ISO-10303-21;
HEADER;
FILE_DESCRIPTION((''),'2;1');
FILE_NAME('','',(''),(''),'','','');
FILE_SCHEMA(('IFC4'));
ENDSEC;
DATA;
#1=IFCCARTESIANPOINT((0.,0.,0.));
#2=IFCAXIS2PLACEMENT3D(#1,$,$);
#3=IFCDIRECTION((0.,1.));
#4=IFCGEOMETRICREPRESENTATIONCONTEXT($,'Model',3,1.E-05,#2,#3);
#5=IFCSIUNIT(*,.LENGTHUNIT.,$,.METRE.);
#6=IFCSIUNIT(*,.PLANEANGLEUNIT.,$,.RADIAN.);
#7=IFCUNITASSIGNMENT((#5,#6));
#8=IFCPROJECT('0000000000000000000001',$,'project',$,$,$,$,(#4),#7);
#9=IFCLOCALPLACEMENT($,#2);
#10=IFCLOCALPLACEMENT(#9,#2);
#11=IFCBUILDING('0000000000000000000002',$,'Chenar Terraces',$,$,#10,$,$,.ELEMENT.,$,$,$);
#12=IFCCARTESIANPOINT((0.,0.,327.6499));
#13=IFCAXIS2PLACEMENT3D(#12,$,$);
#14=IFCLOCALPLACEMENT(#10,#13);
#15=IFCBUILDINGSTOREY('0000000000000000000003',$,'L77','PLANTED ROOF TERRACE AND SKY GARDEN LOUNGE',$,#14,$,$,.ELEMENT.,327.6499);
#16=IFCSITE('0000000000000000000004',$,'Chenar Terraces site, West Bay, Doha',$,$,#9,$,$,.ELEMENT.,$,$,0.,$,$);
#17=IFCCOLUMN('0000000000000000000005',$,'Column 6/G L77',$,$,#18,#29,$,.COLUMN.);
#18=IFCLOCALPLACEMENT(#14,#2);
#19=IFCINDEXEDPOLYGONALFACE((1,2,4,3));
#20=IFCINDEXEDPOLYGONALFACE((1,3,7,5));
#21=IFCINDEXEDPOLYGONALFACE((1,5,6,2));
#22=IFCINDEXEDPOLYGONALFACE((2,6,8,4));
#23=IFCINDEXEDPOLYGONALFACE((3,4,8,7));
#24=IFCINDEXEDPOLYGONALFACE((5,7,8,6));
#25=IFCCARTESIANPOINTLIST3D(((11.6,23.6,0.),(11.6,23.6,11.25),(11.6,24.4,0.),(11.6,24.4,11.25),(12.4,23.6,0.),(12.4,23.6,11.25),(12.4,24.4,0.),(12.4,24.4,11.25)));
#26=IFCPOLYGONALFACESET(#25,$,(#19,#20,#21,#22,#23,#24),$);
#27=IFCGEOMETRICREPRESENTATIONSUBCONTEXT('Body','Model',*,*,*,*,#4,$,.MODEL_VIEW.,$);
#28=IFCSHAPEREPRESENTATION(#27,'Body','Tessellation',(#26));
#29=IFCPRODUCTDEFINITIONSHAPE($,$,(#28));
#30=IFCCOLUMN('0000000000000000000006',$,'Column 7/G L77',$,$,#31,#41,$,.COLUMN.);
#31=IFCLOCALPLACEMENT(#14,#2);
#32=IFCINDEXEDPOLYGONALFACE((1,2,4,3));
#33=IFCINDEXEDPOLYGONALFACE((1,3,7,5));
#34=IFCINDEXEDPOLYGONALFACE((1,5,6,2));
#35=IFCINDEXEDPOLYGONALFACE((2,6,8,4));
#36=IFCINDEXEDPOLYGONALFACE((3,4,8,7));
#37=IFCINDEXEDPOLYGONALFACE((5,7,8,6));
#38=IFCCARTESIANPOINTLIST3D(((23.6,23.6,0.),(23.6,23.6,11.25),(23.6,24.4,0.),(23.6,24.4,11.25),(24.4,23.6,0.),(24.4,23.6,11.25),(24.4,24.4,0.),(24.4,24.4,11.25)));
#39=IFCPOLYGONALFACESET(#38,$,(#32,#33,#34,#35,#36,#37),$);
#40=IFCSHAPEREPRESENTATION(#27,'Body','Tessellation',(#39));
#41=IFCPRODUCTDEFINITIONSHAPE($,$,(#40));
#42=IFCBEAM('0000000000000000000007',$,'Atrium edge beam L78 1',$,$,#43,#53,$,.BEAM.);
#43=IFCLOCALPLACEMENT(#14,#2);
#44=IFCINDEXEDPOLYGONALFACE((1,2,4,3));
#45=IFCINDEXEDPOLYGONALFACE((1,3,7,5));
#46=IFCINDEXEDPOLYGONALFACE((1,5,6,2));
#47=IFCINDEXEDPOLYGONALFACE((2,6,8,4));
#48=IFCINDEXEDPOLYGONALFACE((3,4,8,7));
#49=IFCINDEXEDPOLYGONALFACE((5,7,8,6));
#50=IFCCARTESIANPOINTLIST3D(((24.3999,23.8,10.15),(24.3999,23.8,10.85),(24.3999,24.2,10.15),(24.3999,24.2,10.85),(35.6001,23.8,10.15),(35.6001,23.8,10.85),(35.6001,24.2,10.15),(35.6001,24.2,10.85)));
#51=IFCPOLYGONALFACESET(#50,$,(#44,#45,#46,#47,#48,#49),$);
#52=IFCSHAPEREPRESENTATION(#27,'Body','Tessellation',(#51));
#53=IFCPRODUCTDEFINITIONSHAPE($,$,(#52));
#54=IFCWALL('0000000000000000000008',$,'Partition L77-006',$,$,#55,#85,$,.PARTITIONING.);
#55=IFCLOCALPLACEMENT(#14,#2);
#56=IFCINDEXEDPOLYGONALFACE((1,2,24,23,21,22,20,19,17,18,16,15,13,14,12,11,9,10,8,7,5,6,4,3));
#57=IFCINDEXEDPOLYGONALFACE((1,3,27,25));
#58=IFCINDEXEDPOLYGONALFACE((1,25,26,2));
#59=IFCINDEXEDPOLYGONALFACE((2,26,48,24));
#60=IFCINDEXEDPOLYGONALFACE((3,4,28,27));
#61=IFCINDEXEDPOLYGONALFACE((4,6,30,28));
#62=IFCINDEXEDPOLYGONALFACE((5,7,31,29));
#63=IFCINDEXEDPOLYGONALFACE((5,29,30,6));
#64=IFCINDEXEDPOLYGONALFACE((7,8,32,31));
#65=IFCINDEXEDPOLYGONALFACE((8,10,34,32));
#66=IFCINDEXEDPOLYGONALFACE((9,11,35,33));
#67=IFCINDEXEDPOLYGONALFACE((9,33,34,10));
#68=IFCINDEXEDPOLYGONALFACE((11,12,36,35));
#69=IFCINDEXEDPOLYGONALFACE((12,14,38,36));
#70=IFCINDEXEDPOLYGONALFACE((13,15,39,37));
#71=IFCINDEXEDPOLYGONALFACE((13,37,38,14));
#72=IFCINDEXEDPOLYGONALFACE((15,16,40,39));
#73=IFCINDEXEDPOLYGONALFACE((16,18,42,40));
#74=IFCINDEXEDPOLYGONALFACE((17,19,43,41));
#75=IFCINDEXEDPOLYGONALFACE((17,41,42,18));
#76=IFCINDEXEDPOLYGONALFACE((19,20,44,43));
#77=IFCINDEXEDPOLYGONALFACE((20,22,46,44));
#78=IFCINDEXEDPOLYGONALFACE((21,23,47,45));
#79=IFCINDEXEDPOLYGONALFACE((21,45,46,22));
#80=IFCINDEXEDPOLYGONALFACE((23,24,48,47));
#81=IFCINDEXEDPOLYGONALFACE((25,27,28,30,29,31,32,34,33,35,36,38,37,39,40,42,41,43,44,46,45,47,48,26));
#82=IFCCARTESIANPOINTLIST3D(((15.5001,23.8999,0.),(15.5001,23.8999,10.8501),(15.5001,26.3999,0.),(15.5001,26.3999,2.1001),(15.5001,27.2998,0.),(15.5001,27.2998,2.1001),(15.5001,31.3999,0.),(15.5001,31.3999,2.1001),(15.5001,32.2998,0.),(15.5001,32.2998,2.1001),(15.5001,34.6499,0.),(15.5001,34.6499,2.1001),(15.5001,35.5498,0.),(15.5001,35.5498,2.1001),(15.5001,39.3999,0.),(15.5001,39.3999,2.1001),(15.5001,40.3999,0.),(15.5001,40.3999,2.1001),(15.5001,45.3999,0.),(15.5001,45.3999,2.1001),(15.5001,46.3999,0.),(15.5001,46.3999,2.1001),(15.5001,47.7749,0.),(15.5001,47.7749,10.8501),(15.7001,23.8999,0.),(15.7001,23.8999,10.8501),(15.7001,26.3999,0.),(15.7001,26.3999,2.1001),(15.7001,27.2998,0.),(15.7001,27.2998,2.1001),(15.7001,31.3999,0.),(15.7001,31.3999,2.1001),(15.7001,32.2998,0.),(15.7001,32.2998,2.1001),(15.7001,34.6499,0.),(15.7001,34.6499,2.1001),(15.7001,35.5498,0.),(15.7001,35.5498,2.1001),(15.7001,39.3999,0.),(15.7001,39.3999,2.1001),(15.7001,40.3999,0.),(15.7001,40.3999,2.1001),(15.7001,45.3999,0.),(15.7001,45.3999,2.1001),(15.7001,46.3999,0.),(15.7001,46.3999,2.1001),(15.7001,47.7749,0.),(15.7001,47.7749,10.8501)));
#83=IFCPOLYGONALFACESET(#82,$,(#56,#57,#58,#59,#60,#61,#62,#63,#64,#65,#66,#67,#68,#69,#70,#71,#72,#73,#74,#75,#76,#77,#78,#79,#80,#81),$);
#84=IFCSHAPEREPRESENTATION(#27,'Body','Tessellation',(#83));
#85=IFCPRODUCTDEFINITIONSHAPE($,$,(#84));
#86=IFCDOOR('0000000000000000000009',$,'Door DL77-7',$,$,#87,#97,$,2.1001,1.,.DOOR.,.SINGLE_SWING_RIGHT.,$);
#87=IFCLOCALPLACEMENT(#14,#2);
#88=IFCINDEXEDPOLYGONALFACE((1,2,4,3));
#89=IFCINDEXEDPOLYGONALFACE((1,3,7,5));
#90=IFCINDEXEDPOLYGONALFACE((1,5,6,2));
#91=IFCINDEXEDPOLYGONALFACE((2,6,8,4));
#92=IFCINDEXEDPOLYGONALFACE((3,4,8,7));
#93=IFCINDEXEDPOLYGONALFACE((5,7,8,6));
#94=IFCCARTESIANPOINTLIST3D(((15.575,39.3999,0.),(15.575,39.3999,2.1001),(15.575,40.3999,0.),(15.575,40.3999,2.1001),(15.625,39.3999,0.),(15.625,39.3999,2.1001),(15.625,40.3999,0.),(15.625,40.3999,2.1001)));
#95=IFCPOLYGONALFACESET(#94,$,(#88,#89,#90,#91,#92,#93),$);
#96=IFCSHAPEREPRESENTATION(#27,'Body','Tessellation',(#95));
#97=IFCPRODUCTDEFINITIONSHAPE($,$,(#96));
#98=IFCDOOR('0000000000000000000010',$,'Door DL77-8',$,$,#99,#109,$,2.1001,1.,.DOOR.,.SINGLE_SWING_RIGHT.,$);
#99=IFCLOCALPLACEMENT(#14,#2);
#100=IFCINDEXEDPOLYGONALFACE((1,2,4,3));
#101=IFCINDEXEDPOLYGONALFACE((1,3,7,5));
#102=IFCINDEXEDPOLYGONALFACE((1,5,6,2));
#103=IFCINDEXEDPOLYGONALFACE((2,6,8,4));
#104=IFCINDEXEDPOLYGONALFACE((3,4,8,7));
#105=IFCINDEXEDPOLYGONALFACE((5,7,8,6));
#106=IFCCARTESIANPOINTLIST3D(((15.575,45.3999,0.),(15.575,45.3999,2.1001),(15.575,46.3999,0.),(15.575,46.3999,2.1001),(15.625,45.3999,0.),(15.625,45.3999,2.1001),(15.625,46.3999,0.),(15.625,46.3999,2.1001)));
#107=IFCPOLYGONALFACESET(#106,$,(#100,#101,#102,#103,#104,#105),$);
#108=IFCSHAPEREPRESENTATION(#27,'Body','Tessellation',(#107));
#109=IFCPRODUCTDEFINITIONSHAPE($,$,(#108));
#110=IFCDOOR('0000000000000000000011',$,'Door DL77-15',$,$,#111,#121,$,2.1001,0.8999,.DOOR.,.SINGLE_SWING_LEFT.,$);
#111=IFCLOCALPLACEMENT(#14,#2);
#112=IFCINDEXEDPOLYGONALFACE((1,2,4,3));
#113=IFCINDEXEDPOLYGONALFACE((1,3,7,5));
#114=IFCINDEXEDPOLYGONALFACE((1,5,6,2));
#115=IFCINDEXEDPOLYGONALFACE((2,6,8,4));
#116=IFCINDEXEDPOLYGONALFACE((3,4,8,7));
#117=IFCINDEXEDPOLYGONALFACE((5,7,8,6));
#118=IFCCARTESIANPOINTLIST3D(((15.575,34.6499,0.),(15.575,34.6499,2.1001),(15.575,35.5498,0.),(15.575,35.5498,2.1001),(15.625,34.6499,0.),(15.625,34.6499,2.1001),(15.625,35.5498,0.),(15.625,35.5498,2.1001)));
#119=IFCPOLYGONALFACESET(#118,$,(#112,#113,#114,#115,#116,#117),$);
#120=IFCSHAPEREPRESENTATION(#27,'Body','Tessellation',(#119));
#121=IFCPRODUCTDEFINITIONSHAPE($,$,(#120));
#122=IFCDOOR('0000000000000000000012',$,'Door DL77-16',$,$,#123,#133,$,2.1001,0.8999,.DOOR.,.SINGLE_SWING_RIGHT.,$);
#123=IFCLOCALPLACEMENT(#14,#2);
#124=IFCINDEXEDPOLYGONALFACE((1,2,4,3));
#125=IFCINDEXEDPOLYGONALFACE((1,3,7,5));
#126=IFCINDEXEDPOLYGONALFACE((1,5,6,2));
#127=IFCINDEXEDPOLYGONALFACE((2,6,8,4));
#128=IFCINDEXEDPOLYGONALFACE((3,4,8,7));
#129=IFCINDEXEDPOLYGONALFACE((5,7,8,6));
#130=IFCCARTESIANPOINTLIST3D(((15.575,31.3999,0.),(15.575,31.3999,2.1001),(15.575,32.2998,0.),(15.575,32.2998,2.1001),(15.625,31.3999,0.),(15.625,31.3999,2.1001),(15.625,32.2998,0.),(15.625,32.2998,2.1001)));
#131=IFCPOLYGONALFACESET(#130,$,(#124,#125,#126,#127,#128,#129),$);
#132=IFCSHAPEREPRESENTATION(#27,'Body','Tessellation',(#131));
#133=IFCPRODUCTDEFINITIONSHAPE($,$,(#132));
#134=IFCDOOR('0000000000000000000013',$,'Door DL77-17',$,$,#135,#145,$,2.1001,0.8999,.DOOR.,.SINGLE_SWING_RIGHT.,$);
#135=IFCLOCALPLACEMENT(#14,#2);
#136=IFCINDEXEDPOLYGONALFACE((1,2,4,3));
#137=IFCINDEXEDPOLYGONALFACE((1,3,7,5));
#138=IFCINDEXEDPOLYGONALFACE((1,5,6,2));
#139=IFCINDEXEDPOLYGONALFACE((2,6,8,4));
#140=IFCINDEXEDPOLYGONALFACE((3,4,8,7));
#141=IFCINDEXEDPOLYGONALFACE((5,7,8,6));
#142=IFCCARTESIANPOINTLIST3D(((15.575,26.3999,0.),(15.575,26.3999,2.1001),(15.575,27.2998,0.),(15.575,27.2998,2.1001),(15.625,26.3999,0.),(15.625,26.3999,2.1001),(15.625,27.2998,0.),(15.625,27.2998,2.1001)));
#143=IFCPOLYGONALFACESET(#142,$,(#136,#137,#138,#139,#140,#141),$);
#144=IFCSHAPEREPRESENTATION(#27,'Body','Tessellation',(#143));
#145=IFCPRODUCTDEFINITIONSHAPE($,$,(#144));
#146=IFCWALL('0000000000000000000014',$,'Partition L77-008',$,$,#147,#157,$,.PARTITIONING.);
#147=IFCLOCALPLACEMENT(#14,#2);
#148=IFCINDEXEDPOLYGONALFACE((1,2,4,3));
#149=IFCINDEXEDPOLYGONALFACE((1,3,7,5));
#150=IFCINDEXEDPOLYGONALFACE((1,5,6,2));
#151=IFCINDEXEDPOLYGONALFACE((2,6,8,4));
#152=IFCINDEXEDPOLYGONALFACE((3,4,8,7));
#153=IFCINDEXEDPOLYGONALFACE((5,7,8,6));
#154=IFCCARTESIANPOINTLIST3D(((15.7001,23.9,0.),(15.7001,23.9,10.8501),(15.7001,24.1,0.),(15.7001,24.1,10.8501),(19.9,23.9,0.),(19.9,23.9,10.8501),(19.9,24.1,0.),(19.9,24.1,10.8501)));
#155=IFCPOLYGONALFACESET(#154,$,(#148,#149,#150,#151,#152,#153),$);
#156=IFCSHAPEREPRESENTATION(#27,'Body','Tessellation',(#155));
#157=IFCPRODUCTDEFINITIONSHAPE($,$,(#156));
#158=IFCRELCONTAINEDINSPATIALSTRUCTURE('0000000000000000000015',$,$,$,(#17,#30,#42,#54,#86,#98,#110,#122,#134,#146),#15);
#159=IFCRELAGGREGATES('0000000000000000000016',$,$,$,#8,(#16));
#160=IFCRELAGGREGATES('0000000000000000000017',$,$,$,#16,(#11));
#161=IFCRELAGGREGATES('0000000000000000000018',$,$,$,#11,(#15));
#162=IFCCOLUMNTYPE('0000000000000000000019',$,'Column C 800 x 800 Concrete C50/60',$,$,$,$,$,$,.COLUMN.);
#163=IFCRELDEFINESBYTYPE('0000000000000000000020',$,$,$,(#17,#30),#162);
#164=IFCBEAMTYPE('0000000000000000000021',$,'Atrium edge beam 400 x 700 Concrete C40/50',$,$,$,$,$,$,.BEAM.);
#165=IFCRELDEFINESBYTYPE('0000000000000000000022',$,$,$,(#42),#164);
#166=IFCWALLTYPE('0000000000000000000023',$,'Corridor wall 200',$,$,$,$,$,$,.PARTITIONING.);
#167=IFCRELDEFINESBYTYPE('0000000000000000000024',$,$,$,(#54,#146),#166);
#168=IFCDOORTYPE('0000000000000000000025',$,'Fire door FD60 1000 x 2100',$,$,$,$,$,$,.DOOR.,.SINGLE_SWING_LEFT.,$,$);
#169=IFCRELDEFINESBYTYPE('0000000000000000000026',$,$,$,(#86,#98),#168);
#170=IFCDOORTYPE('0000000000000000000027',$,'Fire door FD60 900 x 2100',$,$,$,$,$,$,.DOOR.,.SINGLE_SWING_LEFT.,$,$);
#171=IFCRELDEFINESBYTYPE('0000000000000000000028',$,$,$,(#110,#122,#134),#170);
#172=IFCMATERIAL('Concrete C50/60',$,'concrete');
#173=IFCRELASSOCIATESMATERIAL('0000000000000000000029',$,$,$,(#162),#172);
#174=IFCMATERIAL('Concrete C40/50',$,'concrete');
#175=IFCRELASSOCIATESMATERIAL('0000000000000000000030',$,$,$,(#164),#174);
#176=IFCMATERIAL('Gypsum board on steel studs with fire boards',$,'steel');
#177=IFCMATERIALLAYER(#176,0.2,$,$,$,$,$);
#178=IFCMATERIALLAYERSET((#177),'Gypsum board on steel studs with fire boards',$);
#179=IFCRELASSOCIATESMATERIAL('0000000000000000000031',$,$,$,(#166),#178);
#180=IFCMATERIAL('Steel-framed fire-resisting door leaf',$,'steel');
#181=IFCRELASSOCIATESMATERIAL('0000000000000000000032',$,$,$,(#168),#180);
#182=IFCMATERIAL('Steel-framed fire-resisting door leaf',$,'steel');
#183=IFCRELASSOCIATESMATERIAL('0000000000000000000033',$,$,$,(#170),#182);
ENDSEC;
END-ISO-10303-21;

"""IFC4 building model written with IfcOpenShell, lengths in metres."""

from ifc_helpers import new_model, si_unit, direction, frame, frame_2d, origin, origin_2d, place, context, subcontext, project, spatial, rectangle, extrude, material, layer, layer_set, material_profile, profile_set, type_object, element, fill, save


model = new_model("IFC4")

# Units and contexts
model_context = context("Model", 3, precision=1e-05, world=origin(), true_north=direction((0.0, 1.0)))
body_context = subcontext(model_context, "Body", "Model", "MODEL_VIEW")
ifc_project = project(units=[si_unit("LENGTHUNIT", "METRE"), si_unit("PLANEANGLEUNIT", "RADIAN")], contexts=[model_context])

# Site, building, storey
site_placement = place(None, origin())
site = spatial("IfcSite", under=ifc_project, at=site_placement, Name="Chenar Terraces site, West Bay, Doha", CompositionType="ELEMENT", RefElevation=0.0)
building_placement = place(site_placement, origin())
building = spatial("IfcBuilding", under=site, at=building_placement, Name="Chenar Terraces", CompositionType="ELEMENT")
storey_placement = place(building_placement, frame((0.0, 0.0, 327.6499)))
storey = spatial("IfcBuildingStorey", under=building, at=storey_placement, Name="L77", Description="PLANTED ROOF TERRACE AND SKY GARDEN LOUNGE", CompositionType="ELEMENT", Elevation=327.6499)

# Columns
ifc_material_1 = material(Name="Concrete C50/60", Category="concrete")
ifc_material_profile_1 = material_profile(ifc_material_1, rectangle(XDim=0.8, YDim=0.8, at=origin_2d()), Name="C 800 x 800")
ifc_profile_set_1 = profile_set([ifc_material_profile_1], Name="Concrete C50/60")
column_type = type_object("IfcColumnType", Name="Column C 800 x 800 Concrete C50/60", PredefinedType="COLUMN", material=ifc_profile_set_1)
for number, where, z_axis, x_axis, name in (
    (1, (12.0, 24.0, 0.0), (0.0, 0.0, 1.0), (1.0, 0.0, 0.0), "Column 6/G L77"),
    (2, (24.0, 24.0, 0.0), (0.0, 0.0, 1.0), (1.0, 0.0, 0.0), "Column 7/G L77"),
):
    element("IfcColumn", number, at=place(storey_placement, frame(where, z_axis=z_axis, x_axis=x_axis)), inside=storey, type_object=column_type, Name=name, PredefinedType="COLUMN", context=body_context, shape_type="SweptSolid", body=[
        extrude(rectangle(XDim=0.8, YDim=0.8, at=origin_2d()), origin(), (0.0, 0.0, 1.0), 11.25),
    ])

# Beam
ifc_material_2 = material(Name="Concrete C40/50", Category="concrete")
ifc_material_profile_2 = material_profile(ifc_material_2, rectangle(XDim=0.3999, YDim=0.7, at=origin_2d()), Name="RC 400 x 700")
ifc_profile_set_2 = profile_set([ifc_material_profile_2], Name="Concrete C40/50")
beam_type = type_object("IfcBeamType", Name="Atrium edge beam 400 x 700 Concrete C40/50", PredefinedType="BEAM", material=ifc_profile_set_2)
beam_placement = place(storey_placement, frame((24.3999, 24.0, 10.5), z_axis=(1.0, 0.0, 0.0), x_axis=(0.0, 1.0, 0.0)))
element("IfcBeam", 3, at=beam_placement, inside=storey, type_object=beam_type, Name="Atrium edge beam L78 1", PredefinedType="BEAM", context=body_context, shape_type="SweptSolid", body=[
    extrude(rectangle(XDim=0.3999, YDim=0.7, at=origin_2d()), origin(), (0.0, 0.0, 1.0), 11.2002),
])

# Wall, openings, doors
ifc_material_3 = material(Name="Gypsum board on steel studs with fire boards", Category="steel")
ifc_layer_1 = layer(ifc_material_3, 0.2)
ifc_layer_set_1 = layer_set([ifc_layer_1], Name="Gypsum board on steel studs with fire boards")
wall_type_1 = type_object("IfcWallType", Name="Corridor wall 200", PredefinedType="PARTITIONING", material=ifc_layer_set_1)
wall_1_placement = place(storey_placement, frame((15.6001, 23.8999, 0.0), z_axis=(0.0, 0.0, 1.0), x_axis=(0.0, 1.0, 0.0)))
wall_1 = element("IfcWall", 4, at=wall_1_placement, inside=storey, type_object=wall_type_1, Name="Partition L77-006", PredefinedType="PARTITIONING", context=body_context, shape_type="SweptSolid", body=[
    extrude(rectangle(XDim=23.875, YDim=0.2, at=frame_2d((11.9375, 0.0))), origin(), (0.0, 0.0, 1.0), 10.8501),
])
opening_1_placement = place(wall_1_placement, frame((15.5, 0.0, 0.0)))
opening_1 = element("IfcOpeningElement", 5, at=opening_1_placement, cuts=wall_1, PredefinedType="OPENING", context=body_context, shape_type="SweptSolid", body=[
    extrude(rectangle(XDim=1.0, YDim=2.1001, at=frame_2d((0.5, 1.05))), frame((0.0, 0.1099, 0.0), z_axis=(0.0, -1.0, 0.0), x_axis=(1.0, 0.0, 0.0)), (0.0, 0.0, 1.0), 0.22),
])
opening_2_placement = place(wall_1_placement, frame((21.5, 0.0, 0.0)))
opening_2 = element("IfcOpeningElement", 6, at=opening_2_placement, cuts=wall_1, PredefinedType="OPENING", context=body_context, shape_type="SweptSolid", body=[
    extrude(rectangle(XDim=1.0, YDim=2.1001, at=frame_2d((0.5, 1.05))), frame((0.0, 0.1099, 0.0), z_axis=(0.0, -1.0, 0.0), x_axis=(1.0, 0.0, 0.0)), (0.0, 0.0, 1.0), 0.22),
])
opening_3_placement = place(wall_1_placement, frame((10.75, 0.0, 0.0)))
opening_3 = element("IfcOpeningElement", 7, at=opening_3_placement, cuts=wall_1, PredefinedType="OPENING", context=body_context, shape_type="SweptSolid", body=[
    extrude(rectangle(XDim=0.8999, YDim=2.1001, at=frame_2d((0.45, 1.05))), frame((0.0, 0.1099, 0.0), z_axis=(0.0, -1.0, 0.0), x_axis=(1.0, 0.0, 0.0)), (0.0, 0.0, 1.0), 0.22),
])
opening_4_placement = place(wall_1_placement, frame((7.5, 0.0, 0.0)))
opening_4 = element("IfcOpeningElement", 8, at=opening_4_placement, cuts=wall_1, PredefinedType="OPENING", context=body_context, shape_type="SweptSolid", body=[
    extrude(rectangle(XDim=0.8999, YDim=2.1001, at=frame_2d((0.45, 1.05))), frame((0.0, 0.1099, 0.0), z_axis=(0.0, -1.0, 0.0), x_axis=(1.0, 0.0, 0.0)), (0.0, 0.0, 1.0), 0.22),
])
opening_5_placement = place(wall_1_placement, frame((2.5, 0.0, 0.0)))
opening_5 = element("IfcOpeningElement", 9, at=opening_5_placement, cuts=wall_1, PredefinedType="OPENING", context=body_context, shape_type="SweptSolid", body=[
    extrude(rectangle(XDim=0.8999, YDim=2.1001, at=frame_2d((0.45, 1.05))), frame((0.0, 0.1099, 0.0), z_axis=(0.0, -1.0, 0.0), x_axis=(1.0, 0.0, 0.0)), (0.0, 0.0, 1.0), 0.22),
])
ifc_material_4 = material(Name="Steel-framed fire-resisting door leaf", Category="steel")
door_type_1 = type_object("IfcDoorType", Name="Fire door FD60 1000 x 2100", OperationType="SINGLE_SWING_LEFT", PredefinedType="DOOR", material=ifc_material_4)
door_1_placement = place(opening_1_placement, frame((1.0, 0.0, 0.0), z_axis=(0.0, 0.0, 1.0), x_axis=(-1.0, 0.0, 0.0)))
door_1 = element("IfcDoor", 10, at=door_1_placement, inside=storey, type_object=door_type_1, Name="Door DL77-7", OperationType="SINGLE_SWING_RIGHT", OverallHeight=2.1001, OverallWidth=1.0, PredefinedType="DOOR", context=body_context, shape_type="SweptSolid", body=[
    extrude(rectangle(XDim=1.0, YDim=2.1001, at=frame_2d((0.5, 1.05))), frame((0.0, 0.0249, 0.0), z_axis=(0.0, -1.0, 0.0), x_axis=(1.0, 0.0, 0.0)), (0.0, 0.0, 1.0), 0.05),
])
fill(opening_1, door_1)
door_2_placement = place(opening_2_placement, frame((1.0, 0.0, 0.0), z_axis=(0.0, 0.0, 1.0), x_axis=(-1.0, 0.0, 0.0)))
door_2 = element("IfcDoor", 11, at=door_2_placement, inside=storey, type_object=door_type_1, Name="Door DL77-8", OperationType="SINGLE_SWING_RIGHT", OverallHeight=2.1001, OverallWidth=1.0, PredefinedType="DOOR", context=body_context, shape_type="SweptSolid", body=[
    extrude(rectangle(XDim=1.0, YDim=2.1001, at=frame_2d((0.5, 1.05))), frame((0.0, 0.0249, 0.0), z_axis=(0.0, -1.0, 0.0), x_axis=(1.0, 0.0, 0.0)), (0.0, 0.0, 1.0), 0.05),
])
fill(opening_2, door_2)
ifc_material_5 = material(Name="Steel-framed fire-resisting door leaf", Category="steel")
door_type_2 = type_object("IfcDoorType", Name="Fire door FD60 900 x 2100", OperationType="SINGLE_SWING_LEFT", PredefinedType="DOOR", material=ifc_material_5)
door_3_placement = place(opening_3_placement, frame((0.8999, 0.0, 0.0), z_axis=(0.0, 0.0, 1.0), x_axis=(-1.0, 0.0, 0.0)))
door_3 = element("IfcDoor", 12, at=door_3_placement, inside=storey, type_object=door_type_2, Name="Door DL77-15", OperationType="SINGLE_SWING_LEFT", OverallHeight=2.1001, OverallWidth=0.8999, PredefinedType="DOOR", context=body_context, shape_type="SweptSolid", body=[
    extrude(rectangle(XDim=0.8999, YDim=2.1001, at=frame_2d((0.45, 1.05))), frame((0.0, 0.0249, 0.0), z_axis=(0.0, -1.0, 0.0), x_axis=(1.0, 0.0, 0.0)), (0.0, 0.0, 1.0), 0.05),
])
fill(opening_3, door_3)
door_4_placement = place(opening_4_placement, frame((0.8999, 0.0, 0.0), z_axis=(0.0, 0.0, 1.0), x_axis=(-1.0, 0.0, 0.0)))
door_4 = element("IfcDoor", 13, at=door_4_placement, inside=storey, type_object=door_type_2, Name="Door DL77-16", OperationType="SINGLE_SWING_RIGHT", OverallHeight=2.1001, OverallWidth=0.8999, PredefinedType="DOOR", context=body_context, shape_type="SweptSolid", body=[
    extrude(rectangle(XDim=0.8999, YDim=2.1001, at=frame_2d((0.45, 1.05))), frame((0.0, 0.0249, 0.0), z_axis=(0.0, -1.0, 0.0), x_axis=(1.0, 0.0, 0.0)), (0.0, 0.0, 1.0), 0.05),
])
fill(opening_4, door_4)
door_5_placement = place(opening_5_placement, frame((0.8999, 0.0, 0.0), z_axis=(0.0, 0.0, 1.0), x_axis=(-1.0, 0.0, 0.0)))
door_5 = element("IfcDoor", 14, at=door_5_placement, inside=storey, type_object=door_type_2, Name="Door DL77-17", OperationType="SINGLE_SWING_RIGHT", OverallHeight=2.1001, OverallWidth=0.8999, PredefinedType="DOOR", context=body_context, shape_type="SweptSolid", body=[
    extrude(rectangle(XDim=0.8999, YDim=2.1001, at=frame_2d((0.45, 1.05))), frame((0.0, 0.0249, 0.0), z_axis=(0.0, -1.0, 0.0), x_axis=(1.0, 0.0, 0.0)), (0.0, 0.0, 1.0), 0.05),
])
fill(opening_5, door_5)

# Wall
wall_2_placement = place(storey_placement, frame((15.7, 24.0, 0.0), z_axis=(0.0, 0.0, 1.0), x_axis=(1.0, 0.0, 0.0)))
element("IfcWall", 15, at=wall_2_placement, inside=storey, type_object=wall_type_1, Name="Partition L77-008", PredefinedType="PARTITIONING", context=body_context, shape_type="SweptSolid", body=[
    extrude(rectangle(XDim=4.2, YDim=0.2, at=frame_2d((2.1001, 0.0))), origin(), (0.0, 0.0, 1.0), 10.8501),
])

save(model, "model.ifc")
